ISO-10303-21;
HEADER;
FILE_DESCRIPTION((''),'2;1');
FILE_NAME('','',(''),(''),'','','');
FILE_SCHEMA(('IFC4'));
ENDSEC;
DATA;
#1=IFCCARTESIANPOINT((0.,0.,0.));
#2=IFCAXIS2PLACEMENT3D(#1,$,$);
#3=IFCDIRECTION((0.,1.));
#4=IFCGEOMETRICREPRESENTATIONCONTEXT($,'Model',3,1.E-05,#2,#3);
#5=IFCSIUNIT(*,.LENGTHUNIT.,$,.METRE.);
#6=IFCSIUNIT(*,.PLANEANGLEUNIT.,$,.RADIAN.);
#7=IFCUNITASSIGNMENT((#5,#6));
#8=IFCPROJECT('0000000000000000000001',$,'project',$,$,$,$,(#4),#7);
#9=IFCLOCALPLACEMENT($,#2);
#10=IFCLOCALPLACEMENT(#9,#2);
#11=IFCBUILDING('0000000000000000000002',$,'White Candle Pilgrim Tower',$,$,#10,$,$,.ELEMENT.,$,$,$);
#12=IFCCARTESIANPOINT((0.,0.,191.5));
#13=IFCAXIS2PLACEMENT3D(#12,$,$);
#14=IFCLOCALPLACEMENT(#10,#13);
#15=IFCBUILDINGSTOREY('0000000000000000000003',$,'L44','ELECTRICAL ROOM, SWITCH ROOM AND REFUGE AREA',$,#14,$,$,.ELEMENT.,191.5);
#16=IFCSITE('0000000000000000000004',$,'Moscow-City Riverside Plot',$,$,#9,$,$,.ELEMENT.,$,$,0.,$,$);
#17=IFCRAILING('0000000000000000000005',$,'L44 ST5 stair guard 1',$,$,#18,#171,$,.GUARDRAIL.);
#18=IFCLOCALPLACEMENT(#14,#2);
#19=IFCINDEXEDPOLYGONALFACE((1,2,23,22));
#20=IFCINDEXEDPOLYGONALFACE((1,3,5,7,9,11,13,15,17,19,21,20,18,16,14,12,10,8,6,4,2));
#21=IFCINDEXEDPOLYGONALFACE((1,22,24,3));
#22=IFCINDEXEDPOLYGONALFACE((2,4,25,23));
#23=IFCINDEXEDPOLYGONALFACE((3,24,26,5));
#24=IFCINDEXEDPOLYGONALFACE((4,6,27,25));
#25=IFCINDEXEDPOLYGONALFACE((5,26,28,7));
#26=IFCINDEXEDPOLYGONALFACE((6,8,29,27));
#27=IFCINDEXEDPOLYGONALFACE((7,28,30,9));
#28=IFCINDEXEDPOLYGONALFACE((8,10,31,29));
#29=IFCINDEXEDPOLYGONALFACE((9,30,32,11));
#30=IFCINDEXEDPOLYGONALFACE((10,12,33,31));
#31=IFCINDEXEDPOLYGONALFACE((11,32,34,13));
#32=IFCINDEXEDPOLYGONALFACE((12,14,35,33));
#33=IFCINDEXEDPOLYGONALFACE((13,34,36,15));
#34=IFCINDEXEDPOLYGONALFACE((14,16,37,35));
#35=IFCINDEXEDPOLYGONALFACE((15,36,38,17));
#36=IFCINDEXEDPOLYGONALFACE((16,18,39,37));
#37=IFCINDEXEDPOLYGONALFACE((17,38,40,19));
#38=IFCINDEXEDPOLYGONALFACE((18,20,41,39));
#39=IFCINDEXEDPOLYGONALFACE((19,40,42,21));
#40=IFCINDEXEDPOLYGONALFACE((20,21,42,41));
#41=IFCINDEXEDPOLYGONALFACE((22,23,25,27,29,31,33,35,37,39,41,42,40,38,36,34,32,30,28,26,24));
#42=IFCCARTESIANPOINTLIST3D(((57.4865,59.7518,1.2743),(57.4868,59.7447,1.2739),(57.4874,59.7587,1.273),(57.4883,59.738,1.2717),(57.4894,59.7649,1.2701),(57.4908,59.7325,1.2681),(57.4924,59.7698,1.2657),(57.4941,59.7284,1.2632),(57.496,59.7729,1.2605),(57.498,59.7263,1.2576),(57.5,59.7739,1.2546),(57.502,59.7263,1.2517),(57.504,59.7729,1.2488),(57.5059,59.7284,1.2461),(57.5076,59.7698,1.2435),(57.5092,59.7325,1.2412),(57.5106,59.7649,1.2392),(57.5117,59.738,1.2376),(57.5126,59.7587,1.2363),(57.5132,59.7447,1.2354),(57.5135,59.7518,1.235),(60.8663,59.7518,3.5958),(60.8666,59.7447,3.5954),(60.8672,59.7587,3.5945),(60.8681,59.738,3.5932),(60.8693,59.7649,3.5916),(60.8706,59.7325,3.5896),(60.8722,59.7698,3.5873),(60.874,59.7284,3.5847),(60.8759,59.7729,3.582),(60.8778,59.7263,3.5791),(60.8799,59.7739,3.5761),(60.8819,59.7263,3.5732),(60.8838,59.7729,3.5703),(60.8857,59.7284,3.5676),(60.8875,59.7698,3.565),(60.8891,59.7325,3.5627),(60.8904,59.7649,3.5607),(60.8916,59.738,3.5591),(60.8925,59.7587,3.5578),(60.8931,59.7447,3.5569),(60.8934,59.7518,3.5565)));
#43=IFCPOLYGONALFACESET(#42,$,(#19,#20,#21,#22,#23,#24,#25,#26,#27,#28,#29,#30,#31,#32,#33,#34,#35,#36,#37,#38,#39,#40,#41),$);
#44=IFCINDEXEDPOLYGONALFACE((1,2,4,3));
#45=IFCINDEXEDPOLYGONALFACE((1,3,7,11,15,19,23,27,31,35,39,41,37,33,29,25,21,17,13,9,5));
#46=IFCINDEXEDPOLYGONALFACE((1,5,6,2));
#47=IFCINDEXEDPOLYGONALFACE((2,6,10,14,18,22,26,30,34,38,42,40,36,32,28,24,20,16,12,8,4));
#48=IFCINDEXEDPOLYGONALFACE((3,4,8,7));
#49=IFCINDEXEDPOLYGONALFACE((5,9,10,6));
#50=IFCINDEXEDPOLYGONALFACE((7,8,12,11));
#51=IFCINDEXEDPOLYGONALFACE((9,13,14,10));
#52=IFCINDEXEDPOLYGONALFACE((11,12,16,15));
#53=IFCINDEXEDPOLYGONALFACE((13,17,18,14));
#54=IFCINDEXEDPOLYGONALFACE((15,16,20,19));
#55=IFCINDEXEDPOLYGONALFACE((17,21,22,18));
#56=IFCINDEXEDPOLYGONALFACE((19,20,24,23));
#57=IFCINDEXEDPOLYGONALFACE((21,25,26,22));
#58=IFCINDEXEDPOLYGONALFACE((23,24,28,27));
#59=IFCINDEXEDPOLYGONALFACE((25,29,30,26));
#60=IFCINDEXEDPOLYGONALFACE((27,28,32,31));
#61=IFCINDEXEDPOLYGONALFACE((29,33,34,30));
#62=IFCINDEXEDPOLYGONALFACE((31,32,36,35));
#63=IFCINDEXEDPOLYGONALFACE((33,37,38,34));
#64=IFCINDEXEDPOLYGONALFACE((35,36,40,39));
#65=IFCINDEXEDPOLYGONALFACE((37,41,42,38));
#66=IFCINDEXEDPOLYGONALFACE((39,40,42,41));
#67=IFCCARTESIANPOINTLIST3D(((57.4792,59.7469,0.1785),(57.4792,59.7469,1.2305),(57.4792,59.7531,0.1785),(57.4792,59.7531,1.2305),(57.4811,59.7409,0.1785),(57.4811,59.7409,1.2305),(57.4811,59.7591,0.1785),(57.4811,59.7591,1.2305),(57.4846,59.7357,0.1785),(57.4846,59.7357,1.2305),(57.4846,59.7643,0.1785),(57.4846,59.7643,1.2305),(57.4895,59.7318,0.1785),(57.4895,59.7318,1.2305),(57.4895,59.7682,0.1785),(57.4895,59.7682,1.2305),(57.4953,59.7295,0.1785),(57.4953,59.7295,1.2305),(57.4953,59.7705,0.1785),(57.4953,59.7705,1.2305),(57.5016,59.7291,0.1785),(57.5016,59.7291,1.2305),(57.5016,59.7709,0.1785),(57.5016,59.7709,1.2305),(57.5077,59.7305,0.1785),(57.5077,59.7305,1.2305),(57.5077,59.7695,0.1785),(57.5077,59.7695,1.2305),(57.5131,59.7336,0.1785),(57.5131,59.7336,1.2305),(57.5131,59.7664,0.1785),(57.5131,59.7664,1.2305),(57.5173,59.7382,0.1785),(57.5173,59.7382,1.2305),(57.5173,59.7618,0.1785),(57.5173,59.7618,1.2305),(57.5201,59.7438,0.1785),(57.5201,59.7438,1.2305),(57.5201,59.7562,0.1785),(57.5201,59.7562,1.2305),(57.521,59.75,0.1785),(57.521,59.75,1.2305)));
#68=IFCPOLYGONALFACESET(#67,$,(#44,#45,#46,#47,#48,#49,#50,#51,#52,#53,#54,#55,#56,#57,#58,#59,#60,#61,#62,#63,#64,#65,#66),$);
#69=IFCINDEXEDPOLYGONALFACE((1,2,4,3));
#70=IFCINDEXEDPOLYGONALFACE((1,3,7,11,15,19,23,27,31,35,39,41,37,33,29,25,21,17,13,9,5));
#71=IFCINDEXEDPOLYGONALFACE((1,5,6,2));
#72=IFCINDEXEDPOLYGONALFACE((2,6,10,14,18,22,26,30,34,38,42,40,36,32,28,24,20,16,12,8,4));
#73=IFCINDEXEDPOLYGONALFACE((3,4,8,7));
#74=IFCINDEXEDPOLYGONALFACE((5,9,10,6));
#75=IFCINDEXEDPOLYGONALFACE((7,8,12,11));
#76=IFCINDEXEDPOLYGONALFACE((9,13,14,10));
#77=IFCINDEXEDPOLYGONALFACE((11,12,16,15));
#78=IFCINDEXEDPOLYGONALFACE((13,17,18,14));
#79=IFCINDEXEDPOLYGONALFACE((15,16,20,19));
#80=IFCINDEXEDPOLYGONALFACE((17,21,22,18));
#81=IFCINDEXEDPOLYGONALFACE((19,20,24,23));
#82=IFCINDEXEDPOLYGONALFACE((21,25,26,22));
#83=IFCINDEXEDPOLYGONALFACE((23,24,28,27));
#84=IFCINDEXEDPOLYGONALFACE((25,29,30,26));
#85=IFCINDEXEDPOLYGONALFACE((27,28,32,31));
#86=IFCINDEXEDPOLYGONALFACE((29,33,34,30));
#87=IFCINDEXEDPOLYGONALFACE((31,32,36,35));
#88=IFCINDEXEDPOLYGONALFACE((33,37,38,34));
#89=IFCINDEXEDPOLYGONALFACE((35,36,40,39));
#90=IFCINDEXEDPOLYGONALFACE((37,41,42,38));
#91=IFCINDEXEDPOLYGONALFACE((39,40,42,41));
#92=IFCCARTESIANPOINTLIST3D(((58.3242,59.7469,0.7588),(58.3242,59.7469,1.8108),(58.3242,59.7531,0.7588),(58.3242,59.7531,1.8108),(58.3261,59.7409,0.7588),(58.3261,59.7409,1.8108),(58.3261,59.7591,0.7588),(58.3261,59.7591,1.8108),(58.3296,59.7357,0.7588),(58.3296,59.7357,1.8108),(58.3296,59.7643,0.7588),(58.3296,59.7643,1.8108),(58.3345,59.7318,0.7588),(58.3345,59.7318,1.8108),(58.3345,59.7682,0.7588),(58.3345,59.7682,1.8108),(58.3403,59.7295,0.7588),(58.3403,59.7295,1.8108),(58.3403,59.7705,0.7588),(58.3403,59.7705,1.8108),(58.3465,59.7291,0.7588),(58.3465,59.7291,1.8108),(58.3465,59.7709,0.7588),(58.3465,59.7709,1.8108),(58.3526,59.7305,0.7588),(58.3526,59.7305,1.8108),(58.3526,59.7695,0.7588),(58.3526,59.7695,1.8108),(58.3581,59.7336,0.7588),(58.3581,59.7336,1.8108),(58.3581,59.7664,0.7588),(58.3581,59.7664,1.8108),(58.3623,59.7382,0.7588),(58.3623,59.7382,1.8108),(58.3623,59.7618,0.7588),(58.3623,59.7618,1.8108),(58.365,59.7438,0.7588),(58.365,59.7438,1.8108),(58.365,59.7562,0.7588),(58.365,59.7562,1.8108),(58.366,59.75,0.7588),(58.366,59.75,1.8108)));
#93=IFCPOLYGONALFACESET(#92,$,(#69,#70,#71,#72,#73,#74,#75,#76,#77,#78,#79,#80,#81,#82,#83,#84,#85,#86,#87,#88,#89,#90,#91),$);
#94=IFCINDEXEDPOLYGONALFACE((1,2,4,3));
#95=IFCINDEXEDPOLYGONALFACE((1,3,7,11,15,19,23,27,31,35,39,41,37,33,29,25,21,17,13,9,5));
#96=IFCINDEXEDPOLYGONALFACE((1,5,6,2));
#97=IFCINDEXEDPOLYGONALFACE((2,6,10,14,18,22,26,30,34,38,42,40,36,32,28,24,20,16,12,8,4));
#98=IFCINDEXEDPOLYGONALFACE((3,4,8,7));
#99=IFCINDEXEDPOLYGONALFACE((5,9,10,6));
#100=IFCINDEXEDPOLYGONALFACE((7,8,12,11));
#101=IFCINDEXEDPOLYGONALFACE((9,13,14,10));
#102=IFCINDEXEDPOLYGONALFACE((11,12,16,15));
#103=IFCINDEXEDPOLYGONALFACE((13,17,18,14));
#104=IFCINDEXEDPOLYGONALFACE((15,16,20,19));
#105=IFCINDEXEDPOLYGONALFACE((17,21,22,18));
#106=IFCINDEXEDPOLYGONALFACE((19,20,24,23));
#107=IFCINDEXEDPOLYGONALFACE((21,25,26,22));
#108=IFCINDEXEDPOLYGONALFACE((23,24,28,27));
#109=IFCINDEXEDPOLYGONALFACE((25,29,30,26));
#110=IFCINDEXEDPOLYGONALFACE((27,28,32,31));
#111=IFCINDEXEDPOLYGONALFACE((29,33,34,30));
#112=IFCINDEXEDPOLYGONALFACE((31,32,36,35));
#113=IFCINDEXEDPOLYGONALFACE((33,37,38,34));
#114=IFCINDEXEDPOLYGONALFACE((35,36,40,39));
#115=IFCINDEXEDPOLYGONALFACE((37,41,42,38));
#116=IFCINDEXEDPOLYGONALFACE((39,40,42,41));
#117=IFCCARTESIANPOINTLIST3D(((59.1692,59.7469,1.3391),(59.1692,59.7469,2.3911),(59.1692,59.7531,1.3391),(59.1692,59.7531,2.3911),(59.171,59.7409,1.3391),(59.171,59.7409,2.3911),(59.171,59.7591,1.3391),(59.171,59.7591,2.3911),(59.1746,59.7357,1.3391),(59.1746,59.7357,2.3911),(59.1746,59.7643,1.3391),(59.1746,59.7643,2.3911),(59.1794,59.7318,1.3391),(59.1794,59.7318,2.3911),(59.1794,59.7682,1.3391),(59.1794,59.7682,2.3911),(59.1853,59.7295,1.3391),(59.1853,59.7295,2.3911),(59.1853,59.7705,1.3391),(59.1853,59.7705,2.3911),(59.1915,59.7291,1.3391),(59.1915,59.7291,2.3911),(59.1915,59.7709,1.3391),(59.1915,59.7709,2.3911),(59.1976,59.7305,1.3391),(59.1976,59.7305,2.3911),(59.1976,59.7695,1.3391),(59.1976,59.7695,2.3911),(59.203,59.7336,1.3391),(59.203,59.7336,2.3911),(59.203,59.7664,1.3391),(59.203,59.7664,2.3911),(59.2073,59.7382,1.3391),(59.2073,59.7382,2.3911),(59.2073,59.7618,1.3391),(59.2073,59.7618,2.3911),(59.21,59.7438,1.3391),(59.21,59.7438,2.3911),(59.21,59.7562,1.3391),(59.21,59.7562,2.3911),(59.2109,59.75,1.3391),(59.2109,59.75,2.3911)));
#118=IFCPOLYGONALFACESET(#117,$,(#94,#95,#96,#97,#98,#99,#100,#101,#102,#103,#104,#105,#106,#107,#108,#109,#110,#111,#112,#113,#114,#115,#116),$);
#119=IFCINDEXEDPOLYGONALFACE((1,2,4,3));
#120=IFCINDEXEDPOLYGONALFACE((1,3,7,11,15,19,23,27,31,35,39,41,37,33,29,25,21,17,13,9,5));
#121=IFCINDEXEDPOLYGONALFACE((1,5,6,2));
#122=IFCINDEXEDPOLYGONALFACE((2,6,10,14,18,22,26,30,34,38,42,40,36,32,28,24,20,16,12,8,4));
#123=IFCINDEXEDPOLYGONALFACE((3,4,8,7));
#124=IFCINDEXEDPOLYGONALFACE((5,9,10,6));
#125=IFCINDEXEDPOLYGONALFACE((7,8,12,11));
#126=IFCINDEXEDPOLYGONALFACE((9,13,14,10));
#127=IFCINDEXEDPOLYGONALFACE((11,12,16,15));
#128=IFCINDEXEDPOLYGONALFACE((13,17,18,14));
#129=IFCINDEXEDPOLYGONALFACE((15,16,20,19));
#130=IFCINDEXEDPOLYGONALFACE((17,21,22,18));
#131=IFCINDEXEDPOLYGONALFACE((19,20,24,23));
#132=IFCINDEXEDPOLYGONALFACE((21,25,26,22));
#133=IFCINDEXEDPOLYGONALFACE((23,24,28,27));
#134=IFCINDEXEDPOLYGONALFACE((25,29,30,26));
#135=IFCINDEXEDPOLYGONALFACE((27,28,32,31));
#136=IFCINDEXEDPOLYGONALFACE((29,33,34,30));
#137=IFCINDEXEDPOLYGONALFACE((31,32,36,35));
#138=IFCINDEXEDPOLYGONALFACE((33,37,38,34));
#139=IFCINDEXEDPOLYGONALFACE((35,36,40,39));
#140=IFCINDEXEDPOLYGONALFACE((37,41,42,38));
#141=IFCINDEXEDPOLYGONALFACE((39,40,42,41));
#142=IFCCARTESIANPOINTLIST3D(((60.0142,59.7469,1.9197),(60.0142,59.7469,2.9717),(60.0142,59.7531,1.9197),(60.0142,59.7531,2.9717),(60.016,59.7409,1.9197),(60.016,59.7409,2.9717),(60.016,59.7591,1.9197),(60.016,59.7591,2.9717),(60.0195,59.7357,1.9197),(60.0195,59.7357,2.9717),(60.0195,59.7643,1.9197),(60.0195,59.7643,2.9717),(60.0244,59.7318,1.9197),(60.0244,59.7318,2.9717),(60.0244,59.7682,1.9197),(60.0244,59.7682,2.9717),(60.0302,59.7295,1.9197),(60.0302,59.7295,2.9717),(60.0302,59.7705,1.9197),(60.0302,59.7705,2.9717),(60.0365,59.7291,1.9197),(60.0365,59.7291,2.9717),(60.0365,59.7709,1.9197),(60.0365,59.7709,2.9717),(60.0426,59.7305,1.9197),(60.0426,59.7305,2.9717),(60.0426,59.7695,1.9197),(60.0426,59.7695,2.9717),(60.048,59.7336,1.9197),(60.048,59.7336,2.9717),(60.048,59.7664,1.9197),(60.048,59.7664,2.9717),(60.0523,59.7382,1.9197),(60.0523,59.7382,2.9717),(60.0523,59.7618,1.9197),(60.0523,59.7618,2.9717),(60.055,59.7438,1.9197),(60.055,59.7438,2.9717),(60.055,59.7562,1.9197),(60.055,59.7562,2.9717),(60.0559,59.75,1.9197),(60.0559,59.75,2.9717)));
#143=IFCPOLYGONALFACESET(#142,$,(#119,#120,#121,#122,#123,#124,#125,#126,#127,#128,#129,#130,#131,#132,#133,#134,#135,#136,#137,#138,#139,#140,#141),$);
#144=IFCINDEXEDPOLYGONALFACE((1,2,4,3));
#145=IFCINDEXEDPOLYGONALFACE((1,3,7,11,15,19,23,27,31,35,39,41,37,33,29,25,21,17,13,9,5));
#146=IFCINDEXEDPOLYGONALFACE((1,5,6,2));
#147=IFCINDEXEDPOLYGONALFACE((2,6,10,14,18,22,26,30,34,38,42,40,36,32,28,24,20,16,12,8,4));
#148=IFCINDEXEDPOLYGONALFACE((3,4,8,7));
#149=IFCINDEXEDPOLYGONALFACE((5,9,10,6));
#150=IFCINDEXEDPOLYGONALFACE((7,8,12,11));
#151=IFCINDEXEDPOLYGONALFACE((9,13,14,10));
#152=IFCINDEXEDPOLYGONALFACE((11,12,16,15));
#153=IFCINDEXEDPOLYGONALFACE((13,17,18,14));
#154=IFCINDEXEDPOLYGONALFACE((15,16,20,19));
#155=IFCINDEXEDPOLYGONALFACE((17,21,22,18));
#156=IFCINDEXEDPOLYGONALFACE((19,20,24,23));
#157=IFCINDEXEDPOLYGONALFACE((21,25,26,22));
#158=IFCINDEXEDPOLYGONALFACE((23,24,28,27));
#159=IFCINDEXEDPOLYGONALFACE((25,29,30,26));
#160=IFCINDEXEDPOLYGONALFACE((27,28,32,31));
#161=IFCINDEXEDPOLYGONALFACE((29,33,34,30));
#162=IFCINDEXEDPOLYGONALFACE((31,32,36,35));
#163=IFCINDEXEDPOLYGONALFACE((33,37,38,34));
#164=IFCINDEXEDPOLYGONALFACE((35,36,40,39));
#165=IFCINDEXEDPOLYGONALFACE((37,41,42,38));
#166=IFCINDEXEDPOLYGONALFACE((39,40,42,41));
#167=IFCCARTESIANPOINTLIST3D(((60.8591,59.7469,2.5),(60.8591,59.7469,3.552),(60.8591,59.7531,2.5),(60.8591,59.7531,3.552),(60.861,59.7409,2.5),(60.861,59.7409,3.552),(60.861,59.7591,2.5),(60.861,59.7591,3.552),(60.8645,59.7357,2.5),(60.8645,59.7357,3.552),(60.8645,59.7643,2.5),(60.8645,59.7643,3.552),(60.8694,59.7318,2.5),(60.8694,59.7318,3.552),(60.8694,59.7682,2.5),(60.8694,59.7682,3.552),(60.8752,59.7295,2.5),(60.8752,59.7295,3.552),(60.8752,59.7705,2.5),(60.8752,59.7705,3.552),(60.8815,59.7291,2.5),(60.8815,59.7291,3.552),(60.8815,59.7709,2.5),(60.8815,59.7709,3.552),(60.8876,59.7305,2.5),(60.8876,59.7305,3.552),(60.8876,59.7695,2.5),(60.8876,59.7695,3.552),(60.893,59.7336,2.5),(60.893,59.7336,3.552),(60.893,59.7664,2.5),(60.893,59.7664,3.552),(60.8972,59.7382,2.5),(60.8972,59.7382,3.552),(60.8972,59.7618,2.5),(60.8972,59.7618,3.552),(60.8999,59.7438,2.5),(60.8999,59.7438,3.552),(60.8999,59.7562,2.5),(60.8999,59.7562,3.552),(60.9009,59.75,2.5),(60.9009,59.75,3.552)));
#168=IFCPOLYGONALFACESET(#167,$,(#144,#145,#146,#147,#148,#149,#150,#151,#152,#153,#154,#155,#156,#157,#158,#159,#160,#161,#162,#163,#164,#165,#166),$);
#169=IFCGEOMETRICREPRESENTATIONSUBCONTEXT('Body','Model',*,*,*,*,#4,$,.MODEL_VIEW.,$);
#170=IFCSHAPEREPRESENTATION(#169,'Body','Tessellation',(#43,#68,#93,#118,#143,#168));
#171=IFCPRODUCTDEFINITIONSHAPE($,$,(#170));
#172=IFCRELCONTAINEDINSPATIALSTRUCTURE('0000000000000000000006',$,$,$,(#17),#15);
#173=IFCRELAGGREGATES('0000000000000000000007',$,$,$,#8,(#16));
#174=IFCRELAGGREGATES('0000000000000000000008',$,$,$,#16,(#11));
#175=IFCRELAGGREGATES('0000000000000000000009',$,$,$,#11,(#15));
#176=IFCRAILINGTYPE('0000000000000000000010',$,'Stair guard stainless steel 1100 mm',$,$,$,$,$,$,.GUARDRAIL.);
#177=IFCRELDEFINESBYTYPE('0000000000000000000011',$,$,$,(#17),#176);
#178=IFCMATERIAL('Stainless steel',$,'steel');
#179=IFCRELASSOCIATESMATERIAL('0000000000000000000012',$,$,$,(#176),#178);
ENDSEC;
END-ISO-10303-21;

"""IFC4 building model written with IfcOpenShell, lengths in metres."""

from ifc_helpers import new_model, si_unit, direction, frame, origin, origin_2d, place, context, subcontext, project, spatial, circle, extrude, material, type_object, element, save


model = new_model("IFC4")

# Units and contexts
model_context = context("Model", 3, precision=1e-05, world=origin(), true_north=direction((0.0, 1.0)))
body_context = subcontext(model_context, "Body", "Model", "MODEL_VIEW")
ifc_project = project(units=[si_unit("LENGTHUNIT", "METRE"), si_unit("PLANEANGLEUNIT", "RADIAN")], contexts=[model_context])

# Site, building, storey
site_placement = place(None, origin())
site = spatial("IfcSite", under=ifc_project, at=site_placement, Name="Moscow-City Riverside Plot", CompositionType="ELEMENT", RefElevation=0.0)
building_placement = place(site_placement, origin())
building = spatial("IfcBuilding", under=site, at=building_placement, Name="White Candle Pilgrim Tower", CompositionType="ELEMENT")
storey_placement = place(building_placement, frame((0.0, 0.0, 191.5)))
storey = spatial("IfcBuildingStorey", under=building, at=storey_placement, Name="L44", Description="ELECTRICAL ROOM, SWITCH ROOM AND REFUGE AREA", CompositionType="ELEMENT", Elevation=191.5)

# Railing
ifc_material_1 = material(Name="Stainless steel", Category="steel")
railing_type_1 = type_object("IfcRailingType", Name="Stair guard stainless steel 1100 mm", PredefinedType="GUARDRAIL", material=ifc_material_1)
railing_1_placement = place(storey_placement, frame((57.5, 59.75, 0.1785)))
element("IfcRailing", 1, at=railing_1_placement, inside=storey, type_object=railing_type_1, Name="L44 ST5 stair guard 1", PredefinedType="GUARDRAIL", context=body_context, shape_type="SweptSolid", body=[
    extrude(circle(Radius=0.0239, at=origin_2d()), frame((0.0, 0.0, 1.0762), z_axis=(0.824285, 0.0, 0.566175), x_axis=(0.0, 1.0, 0.0)), (0.0, 0.0, 1.0), 4.1003),
    extrude(circle(Radius=0.021, at=origin_2d()), origin(), (0.0, 0.0, 1.0), 1.052),
    extrude(circle(Radius=0.021, at=origin_2d()), frame((0.845, 0.0, 0.5803)), (0.0, 0.0, 1.0), 1.052),
    extrude(circle(Radius=0.021, at=origin_2d()), frame((1.6899, 0.0, 1.1606)), (0.0, 0.0, 1.0), 1.052),
    extrude(circle(Radius=0.021, at=origin_2d()), frame((2.5349, 0.0, 1.7412)), (0.0, 0.0, 1.0), 1.052),
    extrude(circle(Radius=0.021, at=origin_2d()), frame((3.3799, 0.0, 2.3215)), (0.0, 0.0, 1.0), 1.052),
])

save(model, "model.ifc")
